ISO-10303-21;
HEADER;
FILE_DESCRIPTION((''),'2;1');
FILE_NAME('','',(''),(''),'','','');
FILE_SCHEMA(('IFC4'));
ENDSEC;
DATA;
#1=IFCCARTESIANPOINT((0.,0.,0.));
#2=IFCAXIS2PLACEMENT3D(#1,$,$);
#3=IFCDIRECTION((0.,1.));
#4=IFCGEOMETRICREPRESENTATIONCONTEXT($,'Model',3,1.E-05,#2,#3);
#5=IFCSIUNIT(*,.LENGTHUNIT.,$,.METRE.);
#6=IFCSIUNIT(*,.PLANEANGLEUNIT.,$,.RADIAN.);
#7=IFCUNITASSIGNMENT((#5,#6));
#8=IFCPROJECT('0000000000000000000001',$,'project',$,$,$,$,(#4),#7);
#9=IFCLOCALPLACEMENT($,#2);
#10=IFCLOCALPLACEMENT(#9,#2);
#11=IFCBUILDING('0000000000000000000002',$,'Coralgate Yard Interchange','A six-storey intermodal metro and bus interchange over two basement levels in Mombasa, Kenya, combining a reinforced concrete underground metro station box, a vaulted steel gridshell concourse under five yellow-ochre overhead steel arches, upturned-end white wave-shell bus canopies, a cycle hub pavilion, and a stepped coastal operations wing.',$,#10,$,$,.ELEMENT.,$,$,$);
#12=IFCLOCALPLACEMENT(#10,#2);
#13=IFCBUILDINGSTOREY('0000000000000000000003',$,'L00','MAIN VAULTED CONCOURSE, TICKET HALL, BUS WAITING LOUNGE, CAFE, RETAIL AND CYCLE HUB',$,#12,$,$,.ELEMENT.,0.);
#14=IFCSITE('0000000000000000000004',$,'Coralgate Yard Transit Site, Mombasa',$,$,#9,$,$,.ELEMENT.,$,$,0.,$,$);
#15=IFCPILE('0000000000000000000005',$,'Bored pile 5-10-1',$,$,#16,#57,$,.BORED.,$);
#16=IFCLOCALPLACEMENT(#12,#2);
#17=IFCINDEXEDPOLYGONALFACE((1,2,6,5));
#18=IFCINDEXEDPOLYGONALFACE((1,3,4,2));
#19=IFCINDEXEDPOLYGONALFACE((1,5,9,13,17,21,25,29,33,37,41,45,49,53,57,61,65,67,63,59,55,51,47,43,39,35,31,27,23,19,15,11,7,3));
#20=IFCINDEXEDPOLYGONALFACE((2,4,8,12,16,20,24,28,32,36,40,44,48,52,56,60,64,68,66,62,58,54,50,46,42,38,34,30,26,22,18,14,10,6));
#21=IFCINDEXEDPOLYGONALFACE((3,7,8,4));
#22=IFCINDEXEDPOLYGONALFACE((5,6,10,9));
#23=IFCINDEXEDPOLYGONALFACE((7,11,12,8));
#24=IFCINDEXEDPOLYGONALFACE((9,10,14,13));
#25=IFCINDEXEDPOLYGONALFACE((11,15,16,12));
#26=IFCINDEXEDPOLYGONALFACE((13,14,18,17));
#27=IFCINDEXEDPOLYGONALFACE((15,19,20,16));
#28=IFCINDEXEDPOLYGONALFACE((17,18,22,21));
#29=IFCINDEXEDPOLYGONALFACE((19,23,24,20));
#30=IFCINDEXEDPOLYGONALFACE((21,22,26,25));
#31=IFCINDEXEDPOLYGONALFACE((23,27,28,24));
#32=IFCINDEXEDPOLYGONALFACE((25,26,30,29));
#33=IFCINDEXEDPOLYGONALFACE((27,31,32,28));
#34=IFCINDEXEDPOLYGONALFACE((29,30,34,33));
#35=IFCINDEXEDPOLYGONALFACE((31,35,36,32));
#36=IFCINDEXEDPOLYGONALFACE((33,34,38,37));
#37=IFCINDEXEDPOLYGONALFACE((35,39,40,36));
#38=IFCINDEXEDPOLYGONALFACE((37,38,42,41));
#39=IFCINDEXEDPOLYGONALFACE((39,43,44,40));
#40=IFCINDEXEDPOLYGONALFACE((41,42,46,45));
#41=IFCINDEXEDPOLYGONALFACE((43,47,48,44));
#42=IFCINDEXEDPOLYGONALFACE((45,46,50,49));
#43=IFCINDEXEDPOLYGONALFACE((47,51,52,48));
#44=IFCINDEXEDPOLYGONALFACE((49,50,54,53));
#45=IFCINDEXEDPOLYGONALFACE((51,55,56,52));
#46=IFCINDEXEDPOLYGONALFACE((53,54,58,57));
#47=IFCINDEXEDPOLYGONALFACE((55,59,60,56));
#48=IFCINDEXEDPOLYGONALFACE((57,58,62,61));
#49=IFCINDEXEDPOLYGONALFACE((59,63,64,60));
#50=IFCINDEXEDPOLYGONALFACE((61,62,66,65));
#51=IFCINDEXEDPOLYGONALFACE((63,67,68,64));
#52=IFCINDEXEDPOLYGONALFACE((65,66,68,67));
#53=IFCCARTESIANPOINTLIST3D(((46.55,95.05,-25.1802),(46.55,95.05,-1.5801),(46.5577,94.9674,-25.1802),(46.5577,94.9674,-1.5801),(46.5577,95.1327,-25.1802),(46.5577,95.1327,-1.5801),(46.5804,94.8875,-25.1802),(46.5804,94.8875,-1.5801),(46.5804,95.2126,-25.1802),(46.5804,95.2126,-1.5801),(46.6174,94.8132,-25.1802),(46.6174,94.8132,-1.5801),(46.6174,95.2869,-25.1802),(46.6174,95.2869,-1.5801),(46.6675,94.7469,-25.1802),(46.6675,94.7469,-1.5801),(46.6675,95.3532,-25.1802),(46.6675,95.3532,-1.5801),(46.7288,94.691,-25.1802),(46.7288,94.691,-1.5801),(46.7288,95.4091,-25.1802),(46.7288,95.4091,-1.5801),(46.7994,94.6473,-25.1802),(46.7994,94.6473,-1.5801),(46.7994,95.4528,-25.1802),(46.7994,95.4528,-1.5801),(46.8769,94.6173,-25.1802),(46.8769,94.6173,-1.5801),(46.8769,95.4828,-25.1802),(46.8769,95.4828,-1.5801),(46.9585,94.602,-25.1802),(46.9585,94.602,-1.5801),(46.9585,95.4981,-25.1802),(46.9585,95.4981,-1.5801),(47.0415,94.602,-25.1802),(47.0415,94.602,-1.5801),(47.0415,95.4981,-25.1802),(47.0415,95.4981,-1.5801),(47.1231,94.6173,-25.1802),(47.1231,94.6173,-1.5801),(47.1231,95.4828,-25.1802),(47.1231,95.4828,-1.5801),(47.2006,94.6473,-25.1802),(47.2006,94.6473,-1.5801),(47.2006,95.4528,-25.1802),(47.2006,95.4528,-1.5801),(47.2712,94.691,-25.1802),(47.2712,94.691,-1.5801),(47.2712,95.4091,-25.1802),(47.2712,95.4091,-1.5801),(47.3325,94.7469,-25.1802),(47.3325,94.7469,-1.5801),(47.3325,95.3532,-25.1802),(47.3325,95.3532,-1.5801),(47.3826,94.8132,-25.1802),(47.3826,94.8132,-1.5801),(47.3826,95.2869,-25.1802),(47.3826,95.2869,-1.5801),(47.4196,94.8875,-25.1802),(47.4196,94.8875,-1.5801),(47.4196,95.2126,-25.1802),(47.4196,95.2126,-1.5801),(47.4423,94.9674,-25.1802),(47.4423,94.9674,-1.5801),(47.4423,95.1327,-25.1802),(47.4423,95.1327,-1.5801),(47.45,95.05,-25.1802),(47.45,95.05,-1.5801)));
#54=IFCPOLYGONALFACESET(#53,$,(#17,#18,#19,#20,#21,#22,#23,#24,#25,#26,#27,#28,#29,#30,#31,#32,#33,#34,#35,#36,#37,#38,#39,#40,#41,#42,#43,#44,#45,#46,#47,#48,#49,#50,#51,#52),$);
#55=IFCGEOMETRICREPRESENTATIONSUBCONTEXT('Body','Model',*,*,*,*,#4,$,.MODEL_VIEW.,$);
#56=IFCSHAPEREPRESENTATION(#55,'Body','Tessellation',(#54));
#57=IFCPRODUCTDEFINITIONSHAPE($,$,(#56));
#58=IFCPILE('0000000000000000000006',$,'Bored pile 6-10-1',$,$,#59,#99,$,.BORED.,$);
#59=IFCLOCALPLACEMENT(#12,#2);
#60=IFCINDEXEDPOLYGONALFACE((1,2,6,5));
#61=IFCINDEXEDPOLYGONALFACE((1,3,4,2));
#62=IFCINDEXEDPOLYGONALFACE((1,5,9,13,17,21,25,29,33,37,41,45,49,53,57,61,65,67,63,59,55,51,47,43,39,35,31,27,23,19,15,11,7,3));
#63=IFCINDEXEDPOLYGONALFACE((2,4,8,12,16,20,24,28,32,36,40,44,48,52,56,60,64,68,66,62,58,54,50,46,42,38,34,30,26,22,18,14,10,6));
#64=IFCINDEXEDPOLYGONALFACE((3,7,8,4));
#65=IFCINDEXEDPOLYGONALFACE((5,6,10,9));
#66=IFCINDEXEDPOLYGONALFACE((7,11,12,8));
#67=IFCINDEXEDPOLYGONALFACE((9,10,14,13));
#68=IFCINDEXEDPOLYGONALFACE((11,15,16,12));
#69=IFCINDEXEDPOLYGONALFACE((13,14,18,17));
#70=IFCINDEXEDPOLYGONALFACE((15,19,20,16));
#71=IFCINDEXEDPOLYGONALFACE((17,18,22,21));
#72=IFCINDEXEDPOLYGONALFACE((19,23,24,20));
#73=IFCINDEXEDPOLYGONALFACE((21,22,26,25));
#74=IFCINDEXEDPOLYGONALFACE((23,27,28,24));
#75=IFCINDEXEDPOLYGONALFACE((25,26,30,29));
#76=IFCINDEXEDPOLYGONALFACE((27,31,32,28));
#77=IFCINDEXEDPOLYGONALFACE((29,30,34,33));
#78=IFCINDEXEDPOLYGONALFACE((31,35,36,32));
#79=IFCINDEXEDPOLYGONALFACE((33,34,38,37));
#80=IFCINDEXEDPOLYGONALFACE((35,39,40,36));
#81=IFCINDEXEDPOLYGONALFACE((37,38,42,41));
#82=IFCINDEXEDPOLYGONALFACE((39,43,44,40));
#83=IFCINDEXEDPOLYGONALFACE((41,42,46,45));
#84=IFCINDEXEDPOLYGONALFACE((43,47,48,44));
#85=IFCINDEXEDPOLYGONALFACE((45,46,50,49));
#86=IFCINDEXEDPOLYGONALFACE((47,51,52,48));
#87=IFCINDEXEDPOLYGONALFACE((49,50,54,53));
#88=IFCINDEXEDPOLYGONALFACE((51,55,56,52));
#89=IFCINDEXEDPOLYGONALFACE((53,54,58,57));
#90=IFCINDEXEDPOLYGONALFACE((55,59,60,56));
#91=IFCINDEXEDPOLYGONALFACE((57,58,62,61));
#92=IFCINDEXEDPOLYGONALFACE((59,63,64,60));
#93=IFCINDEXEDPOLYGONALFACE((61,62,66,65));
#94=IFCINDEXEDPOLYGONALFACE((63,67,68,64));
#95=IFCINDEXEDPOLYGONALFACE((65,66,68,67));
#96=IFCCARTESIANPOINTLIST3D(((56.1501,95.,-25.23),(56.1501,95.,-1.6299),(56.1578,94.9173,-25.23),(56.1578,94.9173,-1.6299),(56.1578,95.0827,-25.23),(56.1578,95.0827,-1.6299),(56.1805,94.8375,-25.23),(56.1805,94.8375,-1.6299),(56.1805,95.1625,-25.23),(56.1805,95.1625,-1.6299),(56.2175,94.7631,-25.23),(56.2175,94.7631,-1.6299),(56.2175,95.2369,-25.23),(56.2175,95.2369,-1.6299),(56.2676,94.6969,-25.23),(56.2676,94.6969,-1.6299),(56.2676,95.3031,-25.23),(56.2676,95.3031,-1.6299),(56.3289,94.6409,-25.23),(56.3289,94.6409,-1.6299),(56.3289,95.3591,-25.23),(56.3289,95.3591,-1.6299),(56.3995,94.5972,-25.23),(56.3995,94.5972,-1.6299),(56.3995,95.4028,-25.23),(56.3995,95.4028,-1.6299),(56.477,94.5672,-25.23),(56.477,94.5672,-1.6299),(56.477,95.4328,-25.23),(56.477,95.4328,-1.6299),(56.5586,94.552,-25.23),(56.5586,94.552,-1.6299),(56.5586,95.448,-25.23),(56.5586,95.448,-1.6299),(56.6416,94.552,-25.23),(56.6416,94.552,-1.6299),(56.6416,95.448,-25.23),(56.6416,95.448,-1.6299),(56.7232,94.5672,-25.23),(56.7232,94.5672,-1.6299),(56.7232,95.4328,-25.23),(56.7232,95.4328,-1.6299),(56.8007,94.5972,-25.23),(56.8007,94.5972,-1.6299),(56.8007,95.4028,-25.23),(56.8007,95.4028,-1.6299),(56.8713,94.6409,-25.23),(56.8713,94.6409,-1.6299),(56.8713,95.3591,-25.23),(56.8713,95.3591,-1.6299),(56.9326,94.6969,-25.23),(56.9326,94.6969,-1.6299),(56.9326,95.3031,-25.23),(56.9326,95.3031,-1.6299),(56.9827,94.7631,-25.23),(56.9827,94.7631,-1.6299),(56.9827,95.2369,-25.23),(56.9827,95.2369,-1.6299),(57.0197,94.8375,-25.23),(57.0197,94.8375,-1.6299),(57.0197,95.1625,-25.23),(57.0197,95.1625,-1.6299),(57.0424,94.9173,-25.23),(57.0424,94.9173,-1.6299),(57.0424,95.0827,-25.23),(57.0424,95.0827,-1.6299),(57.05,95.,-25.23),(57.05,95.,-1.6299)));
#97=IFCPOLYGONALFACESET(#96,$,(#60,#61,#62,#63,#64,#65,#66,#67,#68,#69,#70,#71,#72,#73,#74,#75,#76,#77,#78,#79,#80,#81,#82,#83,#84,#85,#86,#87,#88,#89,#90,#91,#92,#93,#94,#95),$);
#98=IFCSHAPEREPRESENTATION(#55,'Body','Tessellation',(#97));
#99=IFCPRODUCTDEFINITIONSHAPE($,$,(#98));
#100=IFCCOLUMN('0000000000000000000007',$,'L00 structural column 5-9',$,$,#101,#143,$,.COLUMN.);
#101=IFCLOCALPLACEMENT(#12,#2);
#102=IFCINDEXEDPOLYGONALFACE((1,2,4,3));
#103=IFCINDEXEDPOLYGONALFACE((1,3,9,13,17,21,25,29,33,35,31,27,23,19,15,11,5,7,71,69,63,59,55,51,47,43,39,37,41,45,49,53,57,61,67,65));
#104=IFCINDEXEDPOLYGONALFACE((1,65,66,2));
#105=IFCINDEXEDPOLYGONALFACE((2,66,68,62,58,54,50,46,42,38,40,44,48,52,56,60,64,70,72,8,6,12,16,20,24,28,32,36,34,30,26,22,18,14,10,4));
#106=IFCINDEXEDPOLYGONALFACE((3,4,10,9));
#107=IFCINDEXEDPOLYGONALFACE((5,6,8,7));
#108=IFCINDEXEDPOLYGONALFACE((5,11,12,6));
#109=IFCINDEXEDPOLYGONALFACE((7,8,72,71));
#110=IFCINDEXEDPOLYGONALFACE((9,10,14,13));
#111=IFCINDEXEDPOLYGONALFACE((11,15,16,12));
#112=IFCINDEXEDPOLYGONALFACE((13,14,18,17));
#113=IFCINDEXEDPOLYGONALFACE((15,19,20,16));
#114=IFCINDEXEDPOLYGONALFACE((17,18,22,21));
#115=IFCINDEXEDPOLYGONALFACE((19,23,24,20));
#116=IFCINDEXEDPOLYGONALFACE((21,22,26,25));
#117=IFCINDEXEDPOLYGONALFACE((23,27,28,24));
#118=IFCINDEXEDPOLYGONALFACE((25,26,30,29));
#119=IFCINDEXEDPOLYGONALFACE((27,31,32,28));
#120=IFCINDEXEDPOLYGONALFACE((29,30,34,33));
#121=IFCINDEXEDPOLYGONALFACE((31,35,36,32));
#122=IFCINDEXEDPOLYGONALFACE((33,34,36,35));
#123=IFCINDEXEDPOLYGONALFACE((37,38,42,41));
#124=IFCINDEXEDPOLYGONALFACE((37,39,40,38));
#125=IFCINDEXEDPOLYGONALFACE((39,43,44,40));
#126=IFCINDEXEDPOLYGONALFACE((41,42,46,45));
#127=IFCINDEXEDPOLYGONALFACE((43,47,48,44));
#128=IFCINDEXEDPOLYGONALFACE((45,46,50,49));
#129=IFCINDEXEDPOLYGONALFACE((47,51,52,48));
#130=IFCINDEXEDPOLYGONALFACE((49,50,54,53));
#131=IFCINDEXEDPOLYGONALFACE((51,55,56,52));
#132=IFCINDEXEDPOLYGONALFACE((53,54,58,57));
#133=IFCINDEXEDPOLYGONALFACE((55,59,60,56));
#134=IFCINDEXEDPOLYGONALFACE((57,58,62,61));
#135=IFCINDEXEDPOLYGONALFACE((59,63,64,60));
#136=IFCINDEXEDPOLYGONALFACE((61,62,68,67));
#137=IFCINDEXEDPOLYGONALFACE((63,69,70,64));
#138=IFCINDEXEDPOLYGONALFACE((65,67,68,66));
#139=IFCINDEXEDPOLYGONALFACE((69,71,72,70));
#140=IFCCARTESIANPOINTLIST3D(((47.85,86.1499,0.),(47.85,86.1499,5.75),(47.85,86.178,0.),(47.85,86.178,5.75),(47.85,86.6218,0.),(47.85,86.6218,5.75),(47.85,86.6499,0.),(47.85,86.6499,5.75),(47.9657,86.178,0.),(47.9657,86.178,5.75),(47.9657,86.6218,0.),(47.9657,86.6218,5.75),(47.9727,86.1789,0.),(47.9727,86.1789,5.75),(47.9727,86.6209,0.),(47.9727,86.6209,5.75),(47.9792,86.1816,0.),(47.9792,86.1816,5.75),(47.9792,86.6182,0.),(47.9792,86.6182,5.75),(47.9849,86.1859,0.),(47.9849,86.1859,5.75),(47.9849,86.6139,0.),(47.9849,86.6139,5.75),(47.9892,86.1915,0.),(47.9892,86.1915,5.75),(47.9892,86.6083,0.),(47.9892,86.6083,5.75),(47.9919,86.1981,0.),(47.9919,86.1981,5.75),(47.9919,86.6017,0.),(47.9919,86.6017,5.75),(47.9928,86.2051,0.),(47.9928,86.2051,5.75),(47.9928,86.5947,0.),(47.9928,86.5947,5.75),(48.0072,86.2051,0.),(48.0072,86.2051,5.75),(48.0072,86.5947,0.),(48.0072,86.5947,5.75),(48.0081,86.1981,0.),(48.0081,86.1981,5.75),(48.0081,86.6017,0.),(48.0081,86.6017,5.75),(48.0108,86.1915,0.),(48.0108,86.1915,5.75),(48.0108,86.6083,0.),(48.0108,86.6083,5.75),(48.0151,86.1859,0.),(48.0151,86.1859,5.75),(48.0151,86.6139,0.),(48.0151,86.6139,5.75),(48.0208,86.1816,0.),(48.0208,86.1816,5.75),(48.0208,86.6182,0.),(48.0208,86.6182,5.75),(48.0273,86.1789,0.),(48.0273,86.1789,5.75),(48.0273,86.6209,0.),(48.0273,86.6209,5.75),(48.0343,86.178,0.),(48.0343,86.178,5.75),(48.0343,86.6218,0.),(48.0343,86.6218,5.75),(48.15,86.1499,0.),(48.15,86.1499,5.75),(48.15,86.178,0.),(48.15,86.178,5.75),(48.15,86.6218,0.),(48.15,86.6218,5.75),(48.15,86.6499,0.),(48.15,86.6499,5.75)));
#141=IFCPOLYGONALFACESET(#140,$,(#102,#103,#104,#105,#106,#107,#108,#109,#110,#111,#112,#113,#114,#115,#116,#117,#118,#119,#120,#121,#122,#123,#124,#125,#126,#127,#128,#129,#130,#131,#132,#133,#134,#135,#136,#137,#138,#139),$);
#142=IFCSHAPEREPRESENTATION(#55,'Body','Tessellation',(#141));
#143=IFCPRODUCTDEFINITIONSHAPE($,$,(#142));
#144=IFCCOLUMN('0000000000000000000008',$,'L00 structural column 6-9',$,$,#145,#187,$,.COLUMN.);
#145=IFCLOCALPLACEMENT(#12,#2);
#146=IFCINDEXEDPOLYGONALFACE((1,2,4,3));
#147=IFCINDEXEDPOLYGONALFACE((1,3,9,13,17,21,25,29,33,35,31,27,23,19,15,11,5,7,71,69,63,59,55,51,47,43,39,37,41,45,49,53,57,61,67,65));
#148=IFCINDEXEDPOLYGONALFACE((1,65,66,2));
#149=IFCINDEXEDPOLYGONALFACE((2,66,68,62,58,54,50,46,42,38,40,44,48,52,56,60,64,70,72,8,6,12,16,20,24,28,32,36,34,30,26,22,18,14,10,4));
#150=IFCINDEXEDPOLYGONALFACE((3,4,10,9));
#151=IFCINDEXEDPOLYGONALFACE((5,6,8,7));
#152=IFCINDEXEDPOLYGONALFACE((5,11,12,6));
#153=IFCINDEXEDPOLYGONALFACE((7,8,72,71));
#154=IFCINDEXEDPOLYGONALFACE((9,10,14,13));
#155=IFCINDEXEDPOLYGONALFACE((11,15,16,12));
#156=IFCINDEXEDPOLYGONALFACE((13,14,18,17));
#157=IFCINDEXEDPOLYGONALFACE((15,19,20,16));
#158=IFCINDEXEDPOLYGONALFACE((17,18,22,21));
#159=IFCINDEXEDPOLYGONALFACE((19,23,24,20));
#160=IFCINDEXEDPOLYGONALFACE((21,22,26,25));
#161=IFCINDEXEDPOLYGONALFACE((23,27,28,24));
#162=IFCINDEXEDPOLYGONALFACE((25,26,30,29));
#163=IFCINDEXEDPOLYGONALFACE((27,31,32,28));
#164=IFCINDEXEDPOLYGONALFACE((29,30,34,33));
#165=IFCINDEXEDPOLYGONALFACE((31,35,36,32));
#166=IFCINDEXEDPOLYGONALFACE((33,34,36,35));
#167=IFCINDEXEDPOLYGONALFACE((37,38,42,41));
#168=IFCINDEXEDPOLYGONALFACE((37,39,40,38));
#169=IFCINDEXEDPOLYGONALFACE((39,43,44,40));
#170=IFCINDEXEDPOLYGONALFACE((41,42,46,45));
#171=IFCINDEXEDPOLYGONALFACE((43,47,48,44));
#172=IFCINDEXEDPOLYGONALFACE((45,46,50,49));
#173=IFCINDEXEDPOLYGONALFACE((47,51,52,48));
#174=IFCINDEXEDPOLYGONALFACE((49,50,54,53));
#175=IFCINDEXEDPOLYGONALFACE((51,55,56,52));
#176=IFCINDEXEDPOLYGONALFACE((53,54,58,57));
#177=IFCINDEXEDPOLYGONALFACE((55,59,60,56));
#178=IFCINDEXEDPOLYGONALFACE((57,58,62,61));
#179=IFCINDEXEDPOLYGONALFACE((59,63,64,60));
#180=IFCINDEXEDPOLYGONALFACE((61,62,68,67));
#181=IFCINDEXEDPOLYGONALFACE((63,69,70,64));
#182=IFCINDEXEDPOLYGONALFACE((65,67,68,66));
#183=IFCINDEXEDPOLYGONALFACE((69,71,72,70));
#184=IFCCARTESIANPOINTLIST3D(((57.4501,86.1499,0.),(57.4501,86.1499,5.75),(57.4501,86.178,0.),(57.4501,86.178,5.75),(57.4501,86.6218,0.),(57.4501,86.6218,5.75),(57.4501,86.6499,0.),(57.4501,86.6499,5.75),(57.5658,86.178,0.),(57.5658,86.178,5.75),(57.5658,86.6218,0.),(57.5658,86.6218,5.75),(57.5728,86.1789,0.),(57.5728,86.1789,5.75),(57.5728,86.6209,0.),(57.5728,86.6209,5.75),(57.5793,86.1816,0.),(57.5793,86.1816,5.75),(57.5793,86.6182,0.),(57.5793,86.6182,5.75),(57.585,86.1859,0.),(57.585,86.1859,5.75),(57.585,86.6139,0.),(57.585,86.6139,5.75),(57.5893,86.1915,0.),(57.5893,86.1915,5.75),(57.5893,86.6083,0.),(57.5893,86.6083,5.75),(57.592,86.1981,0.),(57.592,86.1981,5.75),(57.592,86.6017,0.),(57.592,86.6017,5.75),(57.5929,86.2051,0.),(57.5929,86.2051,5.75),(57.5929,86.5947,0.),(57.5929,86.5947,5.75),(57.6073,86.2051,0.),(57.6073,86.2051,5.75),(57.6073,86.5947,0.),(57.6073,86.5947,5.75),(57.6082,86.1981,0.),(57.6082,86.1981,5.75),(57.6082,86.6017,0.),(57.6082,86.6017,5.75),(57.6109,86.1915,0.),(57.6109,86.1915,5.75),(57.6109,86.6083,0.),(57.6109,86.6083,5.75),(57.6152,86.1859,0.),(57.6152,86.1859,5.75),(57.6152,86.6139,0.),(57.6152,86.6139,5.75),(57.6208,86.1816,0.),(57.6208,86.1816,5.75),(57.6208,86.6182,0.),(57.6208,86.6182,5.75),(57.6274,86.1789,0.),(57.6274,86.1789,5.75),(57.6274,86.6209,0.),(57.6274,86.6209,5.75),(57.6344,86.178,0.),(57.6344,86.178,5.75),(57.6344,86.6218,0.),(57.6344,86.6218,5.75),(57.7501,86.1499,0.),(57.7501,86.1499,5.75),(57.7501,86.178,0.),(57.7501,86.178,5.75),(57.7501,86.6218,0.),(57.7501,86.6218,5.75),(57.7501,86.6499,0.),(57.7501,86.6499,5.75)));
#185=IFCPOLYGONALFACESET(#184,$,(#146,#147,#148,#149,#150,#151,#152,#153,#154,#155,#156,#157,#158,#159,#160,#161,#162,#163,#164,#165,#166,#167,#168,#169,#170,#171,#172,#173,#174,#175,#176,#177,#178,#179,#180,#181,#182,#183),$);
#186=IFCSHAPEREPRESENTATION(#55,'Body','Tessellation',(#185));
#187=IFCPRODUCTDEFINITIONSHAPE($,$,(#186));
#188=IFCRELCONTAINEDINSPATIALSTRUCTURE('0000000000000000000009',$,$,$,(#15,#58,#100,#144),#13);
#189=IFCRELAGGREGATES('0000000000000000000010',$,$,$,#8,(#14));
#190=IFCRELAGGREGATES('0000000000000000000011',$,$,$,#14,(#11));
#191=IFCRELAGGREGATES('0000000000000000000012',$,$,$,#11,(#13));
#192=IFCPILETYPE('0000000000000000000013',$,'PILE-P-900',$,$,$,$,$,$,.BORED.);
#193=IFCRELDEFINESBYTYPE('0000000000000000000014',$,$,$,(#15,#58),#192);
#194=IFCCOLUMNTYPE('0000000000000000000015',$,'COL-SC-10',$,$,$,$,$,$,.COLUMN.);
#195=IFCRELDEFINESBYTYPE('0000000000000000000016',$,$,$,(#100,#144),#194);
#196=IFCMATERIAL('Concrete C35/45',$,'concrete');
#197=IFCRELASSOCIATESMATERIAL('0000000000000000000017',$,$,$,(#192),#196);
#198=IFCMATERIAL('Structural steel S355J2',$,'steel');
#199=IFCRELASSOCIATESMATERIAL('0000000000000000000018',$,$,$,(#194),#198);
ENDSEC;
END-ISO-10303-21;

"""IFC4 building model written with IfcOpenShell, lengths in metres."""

from ifc_helpers import new_model, si_unit, direction, frame, origin, origin_2d, place, context, subcontext, project, spatial, circle, i_section, extrude, material, material_profile, profile_set, type_object, element, save


model = new_model("IFC4")

# Units and contexts
model_context = context("Model", 3, precision=1e-05, world=origin(), true_north=direction((0.0, 1.0)))
body_context = subcontext(model_context, "Body", "Model", "MODEL_VIEW")
ifc_project = project(units=[si_unit("LENGTHUNIT", "METRE"), si_unit("PLANEANGLEUNIT", "RADIAN")], contexts=[model_context])

# Site, building, storey
site_placement = place(None, origin())
site = spatial("IfcSite", under=ifc_project, at=site_placement, Name="Coralgate Yard Transit Site, Mombasa", CompositionType="ELEMENT", RefElevation=0.0)
building_placement = place(site_placement, origin())
building = spatial("IfcBuilding", under=site, at=building_placement, Name="Coralgate Yard Interchange", Description="A six-storey intermodal metro and bus interchange over two basement levels in Mombasa, Kenya, combining a reinforced concrete underground metro station box, a vaulted steel gridshell concourse under five yellow-ochre overhead steel arches, upturned-end white wave-shell bus canopies, a cycle hub pavilion, and a stepped coastal operations wing.", CompositionType="ELEMENT")
storey_placement = place(building_placement, origin())
storey = spatial("IfcBuildingStorey", under=building, at=storey_placement, Name="L00", Description="MAIN VAULTED CONCOURSE, TICKET HALL, BUS WAITING LOUNGE, CAFE, RETAIL AND CYCLE HUB", CompositionType="ELEMENT", Elevation=0.0)

# Piles
ifc_material_1 = material(Name="Concrete C35/45", Category="concrete")
ifc_material_profile_1 = material_profile(ifc_material_1, circle(Radius=0.45, at=origin_2d()), Name="BORED PILE D900")
ifc_profile_set_1 = profile_set([ifc_material_profile_1], Name="Concrete C35/45")
pile_type = type_object("IfcPileType", Name="PILE-P-900", PredefinedType="BORED", material=ifc_profile_set_1)
for number, where, z_axis, x_axis, name in (
    (1, (47.0, 95.05, -1.5801), (0.0, 0.0, -1.0), (1.0, 0.0, 0.0), "Bored pile 5-10-1"),
    (2, (56.6001, 95.0, -1.6299), (0.0, 0.0, -1.0), (1.0, 0.0, 0.0), "Bored pile 6-10-1"),
):
    element("IfcPile", number, at=place(storey_placement, frame(where, z_axis=z_axis, x_axis=x_axis)), inside=storey, type_object=pile_type, Name=name, PredefinedType="BORED", context=body_context, shape_type="SweptSolid", body=[
        extrude(circle(Radius=0.45, at=origin_2d()), origin(), (0.0, 0.0, 1.0), 23.6001),
    ])

# Columns
ifc_material_2 = material(Name="Structural steel S355J2", Category="steel")
ifc_material_profile_2 = material_profile(ifc_material_2, i_section(OverallWidth=0.3, OverallDepth=0.5, WebThickness=0.0144, FlangeThickness=0.0281, FilletRadius=0.0271, at=origin_2d()), Name="HEB 500")
ifc_profile_set_2 = profile_set([ifc_material_profile_2], Name="Structural steel S355J2")
column_type = type_object("IfcColumnType", Name="COL-SC-10", PredefinedType="COLUMN", material=ifc_profile_set_2)
for number, where, z_axis, x_axis, name in (
    (3, (48.0, 86.3999, 0.0), (0.0, 0.0, 1.0), (1.0, 0.0, 0.0), "L00 structural column 5-9"),
    (4, (57.6001, 86.3999, 0.0), (0.0, 0.0, 1.0), (1.0, 0.0, 0.0), "L00 structural column 6-9"),
):
    element("IfcColumn", number, at=place(storey_placement, frame(where, z_axis=z_axis, x_axis=x_axis)), inside=storey, type_object=column_type, Name=name, PredefinedType="COLUMN", context=body_context, shape_type="SweptSolid", body=[
        extrude(i_section(OverallWidth=0.3, OverallDepth=0.5, WebThickness=0.0144, FlangeThickness=0.0281, FilletRadius=0.0271, at=origin_2d()), origin(), (0.0, 0.0, 1.0), 5.75),
    ])

save(model, "model.ifc")
